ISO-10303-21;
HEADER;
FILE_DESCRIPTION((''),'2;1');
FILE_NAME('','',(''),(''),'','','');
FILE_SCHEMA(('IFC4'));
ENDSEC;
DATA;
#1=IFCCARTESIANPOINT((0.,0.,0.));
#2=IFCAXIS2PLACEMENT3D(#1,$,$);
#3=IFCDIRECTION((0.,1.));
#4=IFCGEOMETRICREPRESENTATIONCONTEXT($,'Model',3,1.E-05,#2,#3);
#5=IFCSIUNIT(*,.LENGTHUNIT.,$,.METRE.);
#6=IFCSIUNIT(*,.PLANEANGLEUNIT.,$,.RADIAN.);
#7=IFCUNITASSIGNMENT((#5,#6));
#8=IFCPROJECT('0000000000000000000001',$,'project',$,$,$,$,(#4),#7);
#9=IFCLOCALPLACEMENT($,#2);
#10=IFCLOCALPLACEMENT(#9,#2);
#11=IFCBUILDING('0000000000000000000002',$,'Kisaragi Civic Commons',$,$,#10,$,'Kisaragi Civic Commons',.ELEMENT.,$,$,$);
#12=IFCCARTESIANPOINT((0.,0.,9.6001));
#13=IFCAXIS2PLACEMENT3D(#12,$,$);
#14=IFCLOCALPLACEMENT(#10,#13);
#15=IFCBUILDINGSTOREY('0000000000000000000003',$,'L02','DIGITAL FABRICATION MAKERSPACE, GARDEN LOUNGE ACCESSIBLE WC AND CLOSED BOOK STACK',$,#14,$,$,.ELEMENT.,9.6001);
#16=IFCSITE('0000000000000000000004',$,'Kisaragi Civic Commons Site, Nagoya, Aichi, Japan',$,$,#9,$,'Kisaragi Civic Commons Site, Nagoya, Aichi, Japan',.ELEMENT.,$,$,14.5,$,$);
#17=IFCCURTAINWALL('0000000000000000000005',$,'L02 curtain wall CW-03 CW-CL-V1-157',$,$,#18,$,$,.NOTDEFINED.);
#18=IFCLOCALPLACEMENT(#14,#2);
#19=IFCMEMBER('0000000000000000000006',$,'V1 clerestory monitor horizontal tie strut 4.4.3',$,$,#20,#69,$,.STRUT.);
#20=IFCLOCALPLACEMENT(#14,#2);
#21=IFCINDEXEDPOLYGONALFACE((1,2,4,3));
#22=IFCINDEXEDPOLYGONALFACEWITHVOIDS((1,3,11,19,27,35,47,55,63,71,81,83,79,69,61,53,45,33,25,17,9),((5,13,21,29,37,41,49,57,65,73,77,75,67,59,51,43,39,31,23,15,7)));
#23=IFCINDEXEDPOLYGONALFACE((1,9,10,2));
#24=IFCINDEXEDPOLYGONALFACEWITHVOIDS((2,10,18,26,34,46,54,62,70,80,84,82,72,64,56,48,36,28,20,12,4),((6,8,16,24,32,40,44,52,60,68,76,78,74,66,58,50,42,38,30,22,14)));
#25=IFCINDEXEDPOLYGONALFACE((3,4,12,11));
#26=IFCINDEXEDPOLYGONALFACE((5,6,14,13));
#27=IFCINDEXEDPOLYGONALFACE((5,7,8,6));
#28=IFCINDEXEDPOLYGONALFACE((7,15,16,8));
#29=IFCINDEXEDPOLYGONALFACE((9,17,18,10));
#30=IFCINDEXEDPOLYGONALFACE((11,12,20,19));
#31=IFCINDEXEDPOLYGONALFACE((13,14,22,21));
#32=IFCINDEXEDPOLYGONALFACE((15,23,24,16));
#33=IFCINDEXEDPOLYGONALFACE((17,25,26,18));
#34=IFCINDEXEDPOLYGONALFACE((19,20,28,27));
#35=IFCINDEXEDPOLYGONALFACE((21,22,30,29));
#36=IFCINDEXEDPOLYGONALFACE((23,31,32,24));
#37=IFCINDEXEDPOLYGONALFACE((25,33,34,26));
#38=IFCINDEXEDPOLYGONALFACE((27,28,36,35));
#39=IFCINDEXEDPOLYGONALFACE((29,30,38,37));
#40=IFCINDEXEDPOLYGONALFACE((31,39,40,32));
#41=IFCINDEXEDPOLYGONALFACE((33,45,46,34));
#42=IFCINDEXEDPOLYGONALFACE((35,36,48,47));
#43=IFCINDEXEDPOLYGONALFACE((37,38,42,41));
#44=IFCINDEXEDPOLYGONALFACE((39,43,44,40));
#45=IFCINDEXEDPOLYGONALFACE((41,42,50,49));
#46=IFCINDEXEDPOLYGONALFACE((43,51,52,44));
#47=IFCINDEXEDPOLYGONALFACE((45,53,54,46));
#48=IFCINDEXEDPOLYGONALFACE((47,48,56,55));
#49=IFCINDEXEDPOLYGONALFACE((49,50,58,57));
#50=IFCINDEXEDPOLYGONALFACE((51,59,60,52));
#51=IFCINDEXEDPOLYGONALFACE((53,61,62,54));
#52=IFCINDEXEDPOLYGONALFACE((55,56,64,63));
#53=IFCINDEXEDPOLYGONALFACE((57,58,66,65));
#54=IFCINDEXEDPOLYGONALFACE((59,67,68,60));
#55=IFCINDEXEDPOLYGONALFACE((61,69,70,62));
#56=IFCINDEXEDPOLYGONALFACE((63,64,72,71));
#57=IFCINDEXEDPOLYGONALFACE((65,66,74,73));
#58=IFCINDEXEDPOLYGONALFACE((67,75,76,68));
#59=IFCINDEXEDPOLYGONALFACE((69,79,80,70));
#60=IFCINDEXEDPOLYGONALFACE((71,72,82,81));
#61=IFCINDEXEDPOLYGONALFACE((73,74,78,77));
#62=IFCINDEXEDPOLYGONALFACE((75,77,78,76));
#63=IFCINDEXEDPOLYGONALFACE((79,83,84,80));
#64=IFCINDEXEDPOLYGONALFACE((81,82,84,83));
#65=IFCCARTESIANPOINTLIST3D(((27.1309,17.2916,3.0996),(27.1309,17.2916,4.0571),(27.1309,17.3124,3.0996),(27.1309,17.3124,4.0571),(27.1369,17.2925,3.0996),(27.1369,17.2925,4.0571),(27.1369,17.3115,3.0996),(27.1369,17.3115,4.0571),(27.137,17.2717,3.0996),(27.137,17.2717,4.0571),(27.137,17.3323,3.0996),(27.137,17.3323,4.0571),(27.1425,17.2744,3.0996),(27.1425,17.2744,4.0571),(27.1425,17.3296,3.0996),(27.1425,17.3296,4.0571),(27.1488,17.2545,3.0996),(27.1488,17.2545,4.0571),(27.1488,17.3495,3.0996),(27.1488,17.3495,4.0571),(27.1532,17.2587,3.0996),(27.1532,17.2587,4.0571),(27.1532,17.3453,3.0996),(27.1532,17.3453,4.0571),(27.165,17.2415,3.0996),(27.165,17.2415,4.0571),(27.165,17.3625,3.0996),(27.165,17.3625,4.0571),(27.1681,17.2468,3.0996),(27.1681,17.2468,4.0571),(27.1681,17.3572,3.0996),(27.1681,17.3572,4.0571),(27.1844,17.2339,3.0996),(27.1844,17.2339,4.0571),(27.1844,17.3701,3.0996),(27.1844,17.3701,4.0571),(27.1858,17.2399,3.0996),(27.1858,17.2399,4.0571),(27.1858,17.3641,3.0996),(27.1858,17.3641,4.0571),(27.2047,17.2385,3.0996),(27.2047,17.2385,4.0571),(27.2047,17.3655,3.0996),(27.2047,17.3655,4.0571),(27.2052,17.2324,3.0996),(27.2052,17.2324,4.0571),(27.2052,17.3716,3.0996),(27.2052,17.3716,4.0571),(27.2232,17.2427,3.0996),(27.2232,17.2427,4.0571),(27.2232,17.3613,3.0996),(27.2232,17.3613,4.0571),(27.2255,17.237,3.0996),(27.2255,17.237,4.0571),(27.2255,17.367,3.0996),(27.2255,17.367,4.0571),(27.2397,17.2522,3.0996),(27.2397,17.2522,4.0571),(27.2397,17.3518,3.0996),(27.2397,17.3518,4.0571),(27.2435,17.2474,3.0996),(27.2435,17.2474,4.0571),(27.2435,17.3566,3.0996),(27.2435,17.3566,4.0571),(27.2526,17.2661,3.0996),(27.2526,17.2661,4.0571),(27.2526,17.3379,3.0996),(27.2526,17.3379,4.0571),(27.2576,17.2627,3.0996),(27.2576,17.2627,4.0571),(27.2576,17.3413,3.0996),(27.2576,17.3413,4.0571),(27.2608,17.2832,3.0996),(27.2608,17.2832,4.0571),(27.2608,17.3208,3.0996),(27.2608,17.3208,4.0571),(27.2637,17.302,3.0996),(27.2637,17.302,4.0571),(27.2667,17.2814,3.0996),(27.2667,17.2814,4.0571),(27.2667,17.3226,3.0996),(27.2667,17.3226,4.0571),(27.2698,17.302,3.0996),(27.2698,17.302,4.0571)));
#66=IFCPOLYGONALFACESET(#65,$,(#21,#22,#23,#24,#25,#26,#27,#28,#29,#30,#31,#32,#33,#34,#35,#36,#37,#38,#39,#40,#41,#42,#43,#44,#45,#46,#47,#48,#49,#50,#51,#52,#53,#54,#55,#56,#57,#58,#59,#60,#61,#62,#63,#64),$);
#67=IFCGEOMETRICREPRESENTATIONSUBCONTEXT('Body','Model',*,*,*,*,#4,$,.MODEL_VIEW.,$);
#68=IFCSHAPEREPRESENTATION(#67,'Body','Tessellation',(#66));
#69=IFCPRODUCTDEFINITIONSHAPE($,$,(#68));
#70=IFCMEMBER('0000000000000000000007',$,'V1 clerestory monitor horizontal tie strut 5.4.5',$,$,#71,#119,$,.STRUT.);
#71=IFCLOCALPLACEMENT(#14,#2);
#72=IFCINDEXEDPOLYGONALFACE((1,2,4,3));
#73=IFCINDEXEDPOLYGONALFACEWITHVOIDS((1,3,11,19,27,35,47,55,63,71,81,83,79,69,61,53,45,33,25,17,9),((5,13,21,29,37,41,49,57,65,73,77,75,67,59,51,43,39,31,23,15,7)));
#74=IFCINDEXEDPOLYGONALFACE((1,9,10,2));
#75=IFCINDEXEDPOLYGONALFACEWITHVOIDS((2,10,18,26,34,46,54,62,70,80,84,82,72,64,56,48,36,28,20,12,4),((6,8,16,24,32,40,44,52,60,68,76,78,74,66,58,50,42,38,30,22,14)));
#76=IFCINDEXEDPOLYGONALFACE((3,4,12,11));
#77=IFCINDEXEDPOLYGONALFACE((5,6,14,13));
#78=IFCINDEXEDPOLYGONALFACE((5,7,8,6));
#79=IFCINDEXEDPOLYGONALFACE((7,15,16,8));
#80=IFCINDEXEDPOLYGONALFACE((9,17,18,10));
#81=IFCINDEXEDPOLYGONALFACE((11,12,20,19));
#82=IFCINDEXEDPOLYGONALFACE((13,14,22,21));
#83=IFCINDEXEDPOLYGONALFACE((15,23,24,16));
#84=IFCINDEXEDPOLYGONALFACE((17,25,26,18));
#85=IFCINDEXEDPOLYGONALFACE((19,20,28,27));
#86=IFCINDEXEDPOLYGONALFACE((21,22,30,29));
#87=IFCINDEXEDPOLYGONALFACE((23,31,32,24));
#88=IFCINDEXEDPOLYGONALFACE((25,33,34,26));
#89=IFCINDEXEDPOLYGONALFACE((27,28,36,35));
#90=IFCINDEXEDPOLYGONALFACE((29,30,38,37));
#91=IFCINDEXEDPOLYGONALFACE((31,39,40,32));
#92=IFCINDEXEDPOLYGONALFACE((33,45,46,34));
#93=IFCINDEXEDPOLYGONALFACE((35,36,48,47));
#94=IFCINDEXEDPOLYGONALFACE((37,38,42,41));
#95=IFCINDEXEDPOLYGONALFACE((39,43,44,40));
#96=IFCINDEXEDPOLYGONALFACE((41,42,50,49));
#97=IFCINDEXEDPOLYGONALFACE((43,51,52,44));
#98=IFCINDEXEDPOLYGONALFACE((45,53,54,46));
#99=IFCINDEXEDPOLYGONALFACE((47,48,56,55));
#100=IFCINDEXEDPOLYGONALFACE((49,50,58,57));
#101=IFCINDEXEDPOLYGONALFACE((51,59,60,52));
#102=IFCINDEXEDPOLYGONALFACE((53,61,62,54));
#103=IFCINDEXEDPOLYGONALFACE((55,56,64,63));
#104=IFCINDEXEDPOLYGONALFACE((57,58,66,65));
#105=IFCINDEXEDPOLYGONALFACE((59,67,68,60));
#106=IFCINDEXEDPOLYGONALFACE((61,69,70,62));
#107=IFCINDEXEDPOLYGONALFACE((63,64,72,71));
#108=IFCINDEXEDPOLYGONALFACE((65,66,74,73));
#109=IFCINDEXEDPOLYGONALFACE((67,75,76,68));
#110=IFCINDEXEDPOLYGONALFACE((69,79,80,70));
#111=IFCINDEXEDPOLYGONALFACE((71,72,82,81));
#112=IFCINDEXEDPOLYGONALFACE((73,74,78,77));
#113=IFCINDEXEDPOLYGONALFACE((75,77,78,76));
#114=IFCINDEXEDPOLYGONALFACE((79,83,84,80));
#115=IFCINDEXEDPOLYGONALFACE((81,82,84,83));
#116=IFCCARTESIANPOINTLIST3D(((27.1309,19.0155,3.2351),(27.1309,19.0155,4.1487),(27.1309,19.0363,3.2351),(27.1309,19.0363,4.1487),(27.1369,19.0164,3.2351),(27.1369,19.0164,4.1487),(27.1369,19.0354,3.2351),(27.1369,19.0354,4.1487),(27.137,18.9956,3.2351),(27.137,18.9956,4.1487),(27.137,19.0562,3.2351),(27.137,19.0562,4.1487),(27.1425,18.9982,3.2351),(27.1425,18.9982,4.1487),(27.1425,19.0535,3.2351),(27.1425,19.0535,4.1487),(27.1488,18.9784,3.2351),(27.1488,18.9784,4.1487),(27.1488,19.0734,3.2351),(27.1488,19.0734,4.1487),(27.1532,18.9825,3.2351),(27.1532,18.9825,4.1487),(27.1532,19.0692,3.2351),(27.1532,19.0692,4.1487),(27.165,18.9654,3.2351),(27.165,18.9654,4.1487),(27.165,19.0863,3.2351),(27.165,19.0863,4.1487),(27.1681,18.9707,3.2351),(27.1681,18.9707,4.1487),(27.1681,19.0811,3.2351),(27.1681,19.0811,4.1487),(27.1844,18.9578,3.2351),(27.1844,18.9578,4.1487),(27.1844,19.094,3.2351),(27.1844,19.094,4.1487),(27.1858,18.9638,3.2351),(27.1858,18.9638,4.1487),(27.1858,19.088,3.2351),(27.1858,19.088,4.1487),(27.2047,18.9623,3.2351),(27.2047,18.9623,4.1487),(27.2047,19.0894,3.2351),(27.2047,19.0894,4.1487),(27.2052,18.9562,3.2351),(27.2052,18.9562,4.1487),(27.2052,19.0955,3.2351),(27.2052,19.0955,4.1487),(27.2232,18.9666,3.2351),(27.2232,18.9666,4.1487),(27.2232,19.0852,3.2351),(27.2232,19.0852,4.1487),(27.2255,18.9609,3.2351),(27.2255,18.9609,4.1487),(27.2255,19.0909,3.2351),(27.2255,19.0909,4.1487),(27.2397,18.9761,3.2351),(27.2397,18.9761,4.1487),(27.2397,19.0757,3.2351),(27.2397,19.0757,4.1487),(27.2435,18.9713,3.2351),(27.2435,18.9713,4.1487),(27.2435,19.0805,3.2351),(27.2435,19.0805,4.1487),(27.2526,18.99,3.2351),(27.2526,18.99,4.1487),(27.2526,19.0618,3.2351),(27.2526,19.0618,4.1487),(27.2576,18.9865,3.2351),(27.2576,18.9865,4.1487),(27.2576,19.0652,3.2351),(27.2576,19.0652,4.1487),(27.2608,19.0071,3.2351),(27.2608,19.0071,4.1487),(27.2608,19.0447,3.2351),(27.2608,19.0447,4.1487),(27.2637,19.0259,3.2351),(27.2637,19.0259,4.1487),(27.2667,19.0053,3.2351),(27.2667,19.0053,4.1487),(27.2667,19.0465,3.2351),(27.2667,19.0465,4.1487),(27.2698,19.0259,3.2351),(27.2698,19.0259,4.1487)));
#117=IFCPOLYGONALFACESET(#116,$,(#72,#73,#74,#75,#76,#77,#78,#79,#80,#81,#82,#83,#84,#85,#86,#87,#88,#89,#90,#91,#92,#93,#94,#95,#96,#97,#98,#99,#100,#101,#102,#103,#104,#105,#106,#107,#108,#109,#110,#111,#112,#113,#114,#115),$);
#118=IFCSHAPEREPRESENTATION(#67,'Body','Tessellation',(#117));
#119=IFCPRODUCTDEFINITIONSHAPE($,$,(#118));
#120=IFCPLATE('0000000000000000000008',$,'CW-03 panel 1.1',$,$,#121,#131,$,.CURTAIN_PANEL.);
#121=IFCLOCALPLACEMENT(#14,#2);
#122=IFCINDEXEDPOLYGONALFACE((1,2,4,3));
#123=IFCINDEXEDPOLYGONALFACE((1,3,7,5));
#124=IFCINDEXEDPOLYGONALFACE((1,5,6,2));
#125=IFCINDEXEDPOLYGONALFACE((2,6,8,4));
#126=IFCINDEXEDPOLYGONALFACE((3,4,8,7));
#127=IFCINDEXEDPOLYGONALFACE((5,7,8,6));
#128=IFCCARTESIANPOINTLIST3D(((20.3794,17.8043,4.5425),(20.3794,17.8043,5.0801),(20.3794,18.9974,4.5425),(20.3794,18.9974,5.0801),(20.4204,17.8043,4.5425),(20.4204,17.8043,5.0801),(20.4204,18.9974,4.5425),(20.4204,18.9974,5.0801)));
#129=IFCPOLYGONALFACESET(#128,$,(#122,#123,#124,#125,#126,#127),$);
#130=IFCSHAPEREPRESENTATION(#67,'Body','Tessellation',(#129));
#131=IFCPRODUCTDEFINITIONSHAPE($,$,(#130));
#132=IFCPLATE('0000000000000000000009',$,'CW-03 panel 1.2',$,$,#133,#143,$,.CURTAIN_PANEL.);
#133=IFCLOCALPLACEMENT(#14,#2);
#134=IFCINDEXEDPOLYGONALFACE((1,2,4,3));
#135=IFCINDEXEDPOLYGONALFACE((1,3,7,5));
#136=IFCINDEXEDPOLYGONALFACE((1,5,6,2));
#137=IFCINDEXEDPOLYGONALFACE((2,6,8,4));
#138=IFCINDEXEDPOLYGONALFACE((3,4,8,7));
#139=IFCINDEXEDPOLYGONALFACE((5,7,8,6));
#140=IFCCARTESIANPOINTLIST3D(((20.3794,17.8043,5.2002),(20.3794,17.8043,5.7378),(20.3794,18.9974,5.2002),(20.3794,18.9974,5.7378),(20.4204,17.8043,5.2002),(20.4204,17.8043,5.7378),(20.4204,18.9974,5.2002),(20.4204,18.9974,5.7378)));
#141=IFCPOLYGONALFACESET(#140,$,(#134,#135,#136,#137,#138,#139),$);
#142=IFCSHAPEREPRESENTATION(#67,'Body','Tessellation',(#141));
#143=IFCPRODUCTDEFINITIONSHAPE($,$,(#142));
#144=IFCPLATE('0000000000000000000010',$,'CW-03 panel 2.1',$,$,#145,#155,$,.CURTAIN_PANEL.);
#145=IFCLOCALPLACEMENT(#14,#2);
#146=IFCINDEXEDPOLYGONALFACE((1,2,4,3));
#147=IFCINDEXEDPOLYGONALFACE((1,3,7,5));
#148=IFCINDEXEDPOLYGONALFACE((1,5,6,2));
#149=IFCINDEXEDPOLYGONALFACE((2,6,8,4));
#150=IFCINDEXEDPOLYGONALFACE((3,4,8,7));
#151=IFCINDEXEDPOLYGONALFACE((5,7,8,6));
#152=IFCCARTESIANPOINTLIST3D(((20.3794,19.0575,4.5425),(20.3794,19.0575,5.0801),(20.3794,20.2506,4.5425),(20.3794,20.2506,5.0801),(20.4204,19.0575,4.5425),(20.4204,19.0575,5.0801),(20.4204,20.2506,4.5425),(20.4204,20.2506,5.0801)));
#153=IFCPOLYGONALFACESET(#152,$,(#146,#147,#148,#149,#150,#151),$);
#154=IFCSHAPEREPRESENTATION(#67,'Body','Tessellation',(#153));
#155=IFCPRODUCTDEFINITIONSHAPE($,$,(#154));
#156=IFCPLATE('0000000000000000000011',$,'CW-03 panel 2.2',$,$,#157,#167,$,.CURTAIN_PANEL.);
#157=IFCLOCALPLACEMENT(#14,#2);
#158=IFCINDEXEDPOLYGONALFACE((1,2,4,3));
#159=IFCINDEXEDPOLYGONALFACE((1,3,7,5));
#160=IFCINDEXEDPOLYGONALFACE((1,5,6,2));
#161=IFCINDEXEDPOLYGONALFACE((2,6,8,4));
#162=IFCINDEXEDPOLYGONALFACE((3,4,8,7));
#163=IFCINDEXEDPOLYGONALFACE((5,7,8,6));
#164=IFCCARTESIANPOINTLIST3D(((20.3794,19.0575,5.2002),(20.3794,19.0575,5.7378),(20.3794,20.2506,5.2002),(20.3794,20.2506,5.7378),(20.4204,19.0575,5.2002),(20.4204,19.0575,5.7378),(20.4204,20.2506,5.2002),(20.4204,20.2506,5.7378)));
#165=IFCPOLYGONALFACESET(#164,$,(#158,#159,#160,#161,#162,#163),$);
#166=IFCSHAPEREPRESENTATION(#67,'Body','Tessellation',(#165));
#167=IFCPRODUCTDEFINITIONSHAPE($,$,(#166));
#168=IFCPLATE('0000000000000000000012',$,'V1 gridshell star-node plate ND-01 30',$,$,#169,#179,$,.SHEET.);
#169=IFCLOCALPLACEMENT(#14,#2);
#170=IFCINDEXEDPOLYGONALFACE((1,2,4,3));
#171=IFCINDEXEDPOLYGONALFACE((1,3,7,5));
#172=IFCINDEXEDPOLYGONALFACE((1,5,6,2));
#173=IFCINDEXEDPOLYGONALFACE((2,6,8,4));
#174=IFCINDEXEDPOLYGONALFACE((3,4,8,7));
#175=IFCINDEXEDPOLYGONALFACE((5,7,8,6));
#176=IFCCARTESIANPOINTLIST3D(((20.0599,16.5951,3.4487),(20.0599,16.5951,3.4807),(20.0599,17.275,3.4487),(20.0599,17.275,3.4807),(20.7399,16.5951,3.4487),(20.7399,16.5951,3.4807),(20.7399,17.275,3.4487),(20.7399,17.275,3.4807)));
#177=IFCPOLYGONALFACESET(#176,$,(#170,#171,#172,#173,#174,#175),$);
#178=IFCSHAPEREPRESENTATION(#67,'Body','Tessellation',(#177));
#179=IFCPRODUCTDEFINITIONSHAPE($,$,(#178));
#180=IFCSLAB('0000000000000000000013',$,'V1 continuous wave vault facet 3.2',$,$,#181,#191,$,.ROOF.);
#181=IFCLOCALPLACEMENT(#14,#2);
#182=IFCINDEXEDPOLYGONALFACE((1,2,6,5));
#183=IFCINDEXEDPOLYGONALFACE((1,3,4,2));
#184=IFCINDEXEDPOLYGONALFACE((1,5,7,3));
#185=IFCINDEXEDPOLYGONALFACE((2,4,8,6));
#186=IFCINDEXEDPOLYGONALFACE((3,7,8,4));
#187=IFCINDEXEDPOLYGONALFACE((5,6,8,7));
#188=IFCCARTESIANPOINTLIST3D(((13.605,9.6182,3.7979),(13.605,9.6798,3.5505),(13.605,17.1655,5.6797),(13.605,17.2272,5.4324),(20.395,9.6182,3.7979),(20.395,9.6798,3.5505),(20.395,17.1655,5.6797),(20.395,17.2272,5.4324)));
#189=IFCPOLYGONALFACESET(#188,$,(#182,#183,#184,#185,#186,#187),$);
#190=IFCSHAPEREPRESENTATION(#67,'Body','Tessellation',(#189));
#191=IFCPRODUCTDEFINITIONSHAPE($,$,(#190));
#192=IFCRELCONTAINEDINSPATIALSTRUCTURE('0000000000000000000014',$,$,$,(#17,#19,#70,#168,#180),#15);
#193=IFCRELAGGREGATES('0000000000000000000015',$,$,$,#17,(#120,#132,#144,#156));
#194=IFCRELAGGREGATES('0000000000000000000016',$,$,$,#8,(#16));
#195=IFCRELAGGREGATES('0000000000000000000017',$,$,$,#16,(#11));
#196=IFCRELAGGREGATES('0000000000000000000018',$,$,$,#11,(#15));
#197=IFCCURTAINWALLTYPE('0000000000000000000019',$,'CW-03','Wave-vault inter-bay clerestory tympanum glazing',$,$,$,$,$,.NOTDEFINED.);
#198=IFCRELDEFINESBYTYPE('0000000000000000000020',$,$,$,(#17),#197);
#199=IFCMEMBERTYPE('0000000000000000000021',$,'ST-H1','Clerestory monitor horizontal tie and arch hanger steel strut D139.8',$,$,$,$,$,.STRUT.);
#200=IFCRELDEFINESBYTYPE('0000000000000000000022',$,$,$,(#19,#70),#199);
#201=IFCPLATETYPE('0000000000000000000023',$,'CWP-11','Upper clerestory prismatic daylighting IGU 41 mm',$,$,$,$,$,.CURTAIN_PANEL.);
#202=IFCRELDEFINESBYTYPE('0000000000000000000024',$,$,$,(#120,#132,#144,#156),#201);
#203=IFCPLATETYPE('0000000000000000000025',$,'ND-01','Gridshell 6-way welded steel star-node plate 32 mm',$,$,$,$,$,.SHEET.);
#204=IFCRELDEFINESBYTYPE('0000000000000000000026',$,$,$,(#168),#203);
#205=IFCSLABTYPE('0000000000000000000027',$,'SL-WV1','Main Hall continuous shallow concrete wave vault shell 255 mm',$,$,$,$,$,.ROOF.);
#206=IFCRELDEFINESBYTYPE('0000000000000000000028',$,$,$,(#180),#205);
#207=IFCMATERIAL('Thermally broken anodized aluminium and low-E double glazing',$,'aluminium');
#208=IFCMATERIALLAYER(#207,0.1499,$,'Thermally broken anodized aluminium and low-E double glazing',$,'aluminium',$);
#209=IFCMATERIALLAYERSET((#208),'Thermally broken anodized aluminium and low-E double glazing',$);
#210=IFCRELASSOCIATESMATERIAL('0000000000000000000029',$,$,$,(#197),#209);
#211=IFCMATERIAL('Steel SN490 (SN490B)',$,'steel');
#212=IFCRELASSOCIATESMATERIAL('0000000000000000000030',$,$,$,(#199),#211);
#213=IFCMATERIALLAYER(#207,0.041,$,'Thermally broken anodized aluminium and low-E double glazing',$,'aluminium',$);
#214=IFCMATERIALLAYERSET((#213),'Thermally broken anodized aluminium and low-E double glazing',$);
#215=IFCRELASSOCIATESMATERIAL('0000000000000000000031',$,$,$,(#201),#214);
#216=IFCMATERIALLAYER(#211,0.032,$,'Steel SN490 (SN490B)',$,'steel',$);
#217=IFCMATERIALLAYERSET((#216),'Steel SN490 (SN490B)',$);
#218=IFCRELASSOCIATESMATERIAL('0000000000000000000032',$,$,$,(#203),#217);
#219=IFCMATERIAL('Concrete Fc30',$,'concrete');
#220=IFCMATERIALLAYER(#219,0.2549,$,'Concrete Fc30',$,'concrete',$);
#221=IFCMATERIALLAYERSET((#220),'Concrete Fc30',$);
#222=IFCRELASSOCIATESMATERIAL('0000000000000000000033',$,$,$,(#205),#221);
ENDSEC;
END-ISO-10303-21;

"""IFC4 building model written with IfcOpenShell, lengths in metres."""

from ifc_helpers import new_model, si_unit, direction, frame, origin, origin_2d, place, context, subcontext, project, spatial, polyline, rectangle, hollow_circle, outline, extrude, material, layer, layer_set, material_profile, profile_set, type_object, element, aggregate, save


model = new_model("IFC4")

# Units and contexts
model_context = context("Model", 3, precision=1e-05, world=origin(), true_north=direction((0.0, 1.0)))
body_context = subcontext(model_context, "Body", "Model", "MODEL_VIEW")
ifc_project = project(units=[si_unit("LENGTHUNIT", "METRE"), si_unit("PLANEANGLEUNIT", "RADIAN")], contexts=[model_context])

# Site, building, storey
site_placement = place(None, origin())
site = spatial("IfcSite", under=ifc_project, at=site_placement, Name="Kisaragi Civic Commons Site, Nagoya, Aichi, Japan", LongName="Kisaragi Civic Commons Site, Nagoya, Aichi, Japan", CompositionType="ELEMENT", RefElevation=14.5)
building_placement = place(site_placement, origin())
building = spatial("IfcBuilding", under=site, at=building_placement, Name="Kisaragi Civic Commons", LongName="Kisaragi Civic Commons", CompositionType="ELEMENT")
storey_placement = place(building_placement, frame((0.0, 0.0, 9.6001)))
storey = spatial("IfcBuildingStorey", under=building, at=storey_placement, Name="L02", Description="DIGITAL FABRICATION MAKERSPACE, GARDEN LOUNGE ACCESSIBLE WC AND CLOSED BOOK STACK", CompositionType="ELEMENT", Elevation=9.6001)

# Shared definitions
ifc_material_1 = material(Name="Thermally broken anodized aluminium and low-E double glazing", Category="aluminium")
ifc_layer_1 = layer(ifc_material_1, 0.1499, Name="Thermally broken anodized aluminium and low-E double glazing", Category="aluminium")
ifc_layer_set_1 = layer_set([ifc_layer_1], Name="Thermally broken anodized aluminium and low-E double glazing")
curtain_wall_type = type_object("IfcCurtainWallType", Name="CW-03", Description="Wave-vault inter-bay clerestory tympanum glazing", PredefinedType="NOTDEFINED", material=ifc_layer_set_1)

# Curtain wall
curtain_wall_1_placement = place(storey_placement, origin())
curtain_wall_1 = element("IfcCurtainWall", 1, at=curtain_wall_1_placement, inside=storey, type_object=curtain_wall_type, Name="L02 curtain wall CW-03 CW-CL-V1-157", PredefinedType="NOTDEFINED")

# Members
ifc_material_2 = material(Name="Steel SN490 (SN490B)", Category="steel")
ifc_material_profile_1 = material_profile(ifc_material_2, hollow_circle(Radius=0.0698, WallThickness=0.0061, at=origin_2d()), Name="CHS-139.8x6.0", Category="steel")
ifc_profile_set_1 = profile_set([ifc_material_profile_1], Name="Steel SN490 (SN490B)")
member_type_1 = type_object("IfcMemberType", Name="ST-H1", Description="Clerestory monitor horizontal tie and arch hanger steel strut D139.8", PredefinedType="STRUT", material=ifc_profile_set_1)
member_1_placement = place(storey_placement, frame((27.2, 17.302, 3.0996), z_axis=(0.0, 0.0, 1.0), x_axis=(1.0, 0.0, 0.0)))
element("IfcMember", 2, at=member_1_placement, inside=storey, type_object=member_type_1, Name="V1 clerestory monitor horizontal tie strut 4.4.3", PredefinedType="STRUT", context=body_context, shape_type="SweptSolid", body=[
    extrude(hollow_circle(Radius=0.0698, WallThickness=0.0061, at=origin_2d()), origin(), (0.0, 0.0, 1.0), 0.9575),
])
member_2_placement = place(storey_placement, frame((27.2, 19.0259, 3.2351), z_axis=(0.0, 0.0, 1.0), x_axis=(1.0, 0.0, 0.0)))
element("IfcMember", 3, at=member_2_placement, inside=storey, type_object=member_type_1, Name="V1 clerestory monitor horizontal tie strut 5.4.5", PredefinedType="STRUT", context=body_context, shape_type="SweptSolid", body=[
    extrude(hollow_circle(Radius=0.0698, WallThickness=0.0061, at=origin_2d()), origin(), (0.0, 0.0, 1.0), 0.9136),
])

# Plates
ifc_layer_2 = layer(ifc_material_1, 0.041, Name="Thermally broken anodized aluminium and low-E double glazing", Category="aluminium")
ifc_layer_set_2 = layer_set([ifc_layer_2], Name="Thermally broken anodized aluminium and low-E double glazing")
plate_type_1 = type_object("IfcPlateType", Name="CWP-11", Description="Upper clerestory prismatic daylighting IGU 41 mm", PredefinedType="CURTAIN_PANEL", material=ifc_layer_set_2)
plate_1_placement = place(storey_placement, frame((20.3999, 18.4009, 4.5425), z_axis=(0.0, 0.0, 1.0), x_axis=(0.0, 1.0, 0.0)))
plate_1 = element("IfcPlate", 4, at=plate_1_placement, type_object=plate_type_1, Name="CW-03 panel 1.1", PredefinedType="CURTAIN_PANEL", context=body_context, shape_type="SweptSolid", body=[
    extrude(rectangle(XDim=1.1931, YDim=0.041, at=origin_2d()), origin(), (0.0, 0.0, 1.0), 0.5376),
])
plate_2_placement = place(storey_placement, frame((20.3999, 18.4009, 5.2002), z_axis=(0.0, 0.0, 1.0), x_axis=(0.0, 1.0, 0.0)))
plate_2 = element("IfcPlate", 5, at=plate_2_placement, type_object=plate_type_1, Name="CW-03 panel 1.2", PredefinedType="CURTAIN_PANEL", context=body_context, shape_type="SweptSolid", body=[
    extrude(rectangle(XDim=1.1931, YDim=0.041, at=origin_2d()), origin(), (0.0, 0.0, 1.0), 0.5376),
])
plate_3_placement = place(storey_placement, frame((20.3999, 19.6541, 4.5425), z_axis=(0.0, 0.0, 1.0), x_axis=(0.0, 1.0, 0.0)))
plate_3 = element("IfcPlate", 6, at=plate_3_placement, type_object=plate_type_1, Name="CW-03 panel 2.1", PredefinedType="CURTAIN_PANEL", context=body_context, shape_type="SweptSolid", body=[
    extrude(rectangle(XDim=1.1931, YDim=0.041, at=origin_2d()), origin(), (0.0, 0.0, 1.0), 0.5376),
])
plate_4_placement = place(storey_placement, frame((20.3999, 19.6541, 5.2002), z_axis=(0.0, 0.0, 1.0), x_axis=(0.0, 1.0, 0.0)))
plate_4 = element("IfcPlate", 7, at=plate_4_placement, type_object=plate_type_1, Name="CW-03 panel 2.2", PredefinedType="CURTAIN_PANEL", context=body_context, shape_type="SweptSolid", body=[
    extrude(rectangle(XDim=1.1931, YDim=0.041, at=origin_2d()), origin(), (0.0, 0.0, 1.0), 0.5376),
])
aggregate(curtain_wall_1, [plate_1, plate_2, plate_3, plate_4])
ifc_layer_3 = layer(ifc_material_2, 0.032, Name="Steel SN490 (SN490B)", Category="steel")
ifc_layer_set_3 = layer_set([ifc_layer_3], Name="Steel SN490 (SN490B)")
plate_type_2 = type_object("IfcPlateType", Name="ND-01", Description="Gridshell 6-way welded steel star-node plate 32 mm", PredefinedType="SHEET", material=ifc_layer_set_3)
plate_5_placement = place(storey_placement, frame((20.3999, 16.9351, 3.4487), z_axis=(0.0, 0.0, 1.0), x_axis=(1.0, 0.0, 0.0)))
element("IfcPlate", 8, at=plate_5_placement, inside=storey, type_object=plate_type_2, Name="V1 gridshell star-node plate ND-01 30", PredefinedType="SHEET", context=body_context, shape_type="SweptSolid", body=[
    extrude(rectangle(XDim=0.6799, YDim=0.6799, at=origin_2d()), origin(), (0.0, 0.0, 1.0), 0.032),
])

# Slab
ifc_material_3 = material(Name="Concrete Fc30", Category="concrete")
ifc_layer_4 = layer(ifc_material_3, 0.2549, Name="Concrete Fc30", Category="concrete")
ifc_layer_set_4 = layer_set([ifc_layer_4], Name="Concrete Fc30")
slab_type = type_object("IfcSlabType", Name="SL-WV1", Description="Main Hall continuous shallow concrete wave vault shell 255 mm", PredefinedType="ROOF", material=ifc_layer_set_4)
slab_placement = place(storey_placement, frame((20.395, 17.1655, 5.6797), z_axis=(0.0, -0.24193, 0.970294), x_axis=(-1.0, 0.0, 0.0)))
element("IfcSlab", 9, at=slab_placement, inside=storey, type_object=slab_type, Name="V1 continuous wave vault facet 3.2", PredefinedType="ROOF", context=body_context, shape_type="SweptSolid", body=[
    extrude(outline(polyline([(0.0, 0.0), (6.79, 0.0), (6.79, 7.7784), (0.0, 7.7784), (0.0, 0.0)])), origin(), (0.0, 0.0, -1.0), 0.2549),
])

save(model, "model.ifc")
